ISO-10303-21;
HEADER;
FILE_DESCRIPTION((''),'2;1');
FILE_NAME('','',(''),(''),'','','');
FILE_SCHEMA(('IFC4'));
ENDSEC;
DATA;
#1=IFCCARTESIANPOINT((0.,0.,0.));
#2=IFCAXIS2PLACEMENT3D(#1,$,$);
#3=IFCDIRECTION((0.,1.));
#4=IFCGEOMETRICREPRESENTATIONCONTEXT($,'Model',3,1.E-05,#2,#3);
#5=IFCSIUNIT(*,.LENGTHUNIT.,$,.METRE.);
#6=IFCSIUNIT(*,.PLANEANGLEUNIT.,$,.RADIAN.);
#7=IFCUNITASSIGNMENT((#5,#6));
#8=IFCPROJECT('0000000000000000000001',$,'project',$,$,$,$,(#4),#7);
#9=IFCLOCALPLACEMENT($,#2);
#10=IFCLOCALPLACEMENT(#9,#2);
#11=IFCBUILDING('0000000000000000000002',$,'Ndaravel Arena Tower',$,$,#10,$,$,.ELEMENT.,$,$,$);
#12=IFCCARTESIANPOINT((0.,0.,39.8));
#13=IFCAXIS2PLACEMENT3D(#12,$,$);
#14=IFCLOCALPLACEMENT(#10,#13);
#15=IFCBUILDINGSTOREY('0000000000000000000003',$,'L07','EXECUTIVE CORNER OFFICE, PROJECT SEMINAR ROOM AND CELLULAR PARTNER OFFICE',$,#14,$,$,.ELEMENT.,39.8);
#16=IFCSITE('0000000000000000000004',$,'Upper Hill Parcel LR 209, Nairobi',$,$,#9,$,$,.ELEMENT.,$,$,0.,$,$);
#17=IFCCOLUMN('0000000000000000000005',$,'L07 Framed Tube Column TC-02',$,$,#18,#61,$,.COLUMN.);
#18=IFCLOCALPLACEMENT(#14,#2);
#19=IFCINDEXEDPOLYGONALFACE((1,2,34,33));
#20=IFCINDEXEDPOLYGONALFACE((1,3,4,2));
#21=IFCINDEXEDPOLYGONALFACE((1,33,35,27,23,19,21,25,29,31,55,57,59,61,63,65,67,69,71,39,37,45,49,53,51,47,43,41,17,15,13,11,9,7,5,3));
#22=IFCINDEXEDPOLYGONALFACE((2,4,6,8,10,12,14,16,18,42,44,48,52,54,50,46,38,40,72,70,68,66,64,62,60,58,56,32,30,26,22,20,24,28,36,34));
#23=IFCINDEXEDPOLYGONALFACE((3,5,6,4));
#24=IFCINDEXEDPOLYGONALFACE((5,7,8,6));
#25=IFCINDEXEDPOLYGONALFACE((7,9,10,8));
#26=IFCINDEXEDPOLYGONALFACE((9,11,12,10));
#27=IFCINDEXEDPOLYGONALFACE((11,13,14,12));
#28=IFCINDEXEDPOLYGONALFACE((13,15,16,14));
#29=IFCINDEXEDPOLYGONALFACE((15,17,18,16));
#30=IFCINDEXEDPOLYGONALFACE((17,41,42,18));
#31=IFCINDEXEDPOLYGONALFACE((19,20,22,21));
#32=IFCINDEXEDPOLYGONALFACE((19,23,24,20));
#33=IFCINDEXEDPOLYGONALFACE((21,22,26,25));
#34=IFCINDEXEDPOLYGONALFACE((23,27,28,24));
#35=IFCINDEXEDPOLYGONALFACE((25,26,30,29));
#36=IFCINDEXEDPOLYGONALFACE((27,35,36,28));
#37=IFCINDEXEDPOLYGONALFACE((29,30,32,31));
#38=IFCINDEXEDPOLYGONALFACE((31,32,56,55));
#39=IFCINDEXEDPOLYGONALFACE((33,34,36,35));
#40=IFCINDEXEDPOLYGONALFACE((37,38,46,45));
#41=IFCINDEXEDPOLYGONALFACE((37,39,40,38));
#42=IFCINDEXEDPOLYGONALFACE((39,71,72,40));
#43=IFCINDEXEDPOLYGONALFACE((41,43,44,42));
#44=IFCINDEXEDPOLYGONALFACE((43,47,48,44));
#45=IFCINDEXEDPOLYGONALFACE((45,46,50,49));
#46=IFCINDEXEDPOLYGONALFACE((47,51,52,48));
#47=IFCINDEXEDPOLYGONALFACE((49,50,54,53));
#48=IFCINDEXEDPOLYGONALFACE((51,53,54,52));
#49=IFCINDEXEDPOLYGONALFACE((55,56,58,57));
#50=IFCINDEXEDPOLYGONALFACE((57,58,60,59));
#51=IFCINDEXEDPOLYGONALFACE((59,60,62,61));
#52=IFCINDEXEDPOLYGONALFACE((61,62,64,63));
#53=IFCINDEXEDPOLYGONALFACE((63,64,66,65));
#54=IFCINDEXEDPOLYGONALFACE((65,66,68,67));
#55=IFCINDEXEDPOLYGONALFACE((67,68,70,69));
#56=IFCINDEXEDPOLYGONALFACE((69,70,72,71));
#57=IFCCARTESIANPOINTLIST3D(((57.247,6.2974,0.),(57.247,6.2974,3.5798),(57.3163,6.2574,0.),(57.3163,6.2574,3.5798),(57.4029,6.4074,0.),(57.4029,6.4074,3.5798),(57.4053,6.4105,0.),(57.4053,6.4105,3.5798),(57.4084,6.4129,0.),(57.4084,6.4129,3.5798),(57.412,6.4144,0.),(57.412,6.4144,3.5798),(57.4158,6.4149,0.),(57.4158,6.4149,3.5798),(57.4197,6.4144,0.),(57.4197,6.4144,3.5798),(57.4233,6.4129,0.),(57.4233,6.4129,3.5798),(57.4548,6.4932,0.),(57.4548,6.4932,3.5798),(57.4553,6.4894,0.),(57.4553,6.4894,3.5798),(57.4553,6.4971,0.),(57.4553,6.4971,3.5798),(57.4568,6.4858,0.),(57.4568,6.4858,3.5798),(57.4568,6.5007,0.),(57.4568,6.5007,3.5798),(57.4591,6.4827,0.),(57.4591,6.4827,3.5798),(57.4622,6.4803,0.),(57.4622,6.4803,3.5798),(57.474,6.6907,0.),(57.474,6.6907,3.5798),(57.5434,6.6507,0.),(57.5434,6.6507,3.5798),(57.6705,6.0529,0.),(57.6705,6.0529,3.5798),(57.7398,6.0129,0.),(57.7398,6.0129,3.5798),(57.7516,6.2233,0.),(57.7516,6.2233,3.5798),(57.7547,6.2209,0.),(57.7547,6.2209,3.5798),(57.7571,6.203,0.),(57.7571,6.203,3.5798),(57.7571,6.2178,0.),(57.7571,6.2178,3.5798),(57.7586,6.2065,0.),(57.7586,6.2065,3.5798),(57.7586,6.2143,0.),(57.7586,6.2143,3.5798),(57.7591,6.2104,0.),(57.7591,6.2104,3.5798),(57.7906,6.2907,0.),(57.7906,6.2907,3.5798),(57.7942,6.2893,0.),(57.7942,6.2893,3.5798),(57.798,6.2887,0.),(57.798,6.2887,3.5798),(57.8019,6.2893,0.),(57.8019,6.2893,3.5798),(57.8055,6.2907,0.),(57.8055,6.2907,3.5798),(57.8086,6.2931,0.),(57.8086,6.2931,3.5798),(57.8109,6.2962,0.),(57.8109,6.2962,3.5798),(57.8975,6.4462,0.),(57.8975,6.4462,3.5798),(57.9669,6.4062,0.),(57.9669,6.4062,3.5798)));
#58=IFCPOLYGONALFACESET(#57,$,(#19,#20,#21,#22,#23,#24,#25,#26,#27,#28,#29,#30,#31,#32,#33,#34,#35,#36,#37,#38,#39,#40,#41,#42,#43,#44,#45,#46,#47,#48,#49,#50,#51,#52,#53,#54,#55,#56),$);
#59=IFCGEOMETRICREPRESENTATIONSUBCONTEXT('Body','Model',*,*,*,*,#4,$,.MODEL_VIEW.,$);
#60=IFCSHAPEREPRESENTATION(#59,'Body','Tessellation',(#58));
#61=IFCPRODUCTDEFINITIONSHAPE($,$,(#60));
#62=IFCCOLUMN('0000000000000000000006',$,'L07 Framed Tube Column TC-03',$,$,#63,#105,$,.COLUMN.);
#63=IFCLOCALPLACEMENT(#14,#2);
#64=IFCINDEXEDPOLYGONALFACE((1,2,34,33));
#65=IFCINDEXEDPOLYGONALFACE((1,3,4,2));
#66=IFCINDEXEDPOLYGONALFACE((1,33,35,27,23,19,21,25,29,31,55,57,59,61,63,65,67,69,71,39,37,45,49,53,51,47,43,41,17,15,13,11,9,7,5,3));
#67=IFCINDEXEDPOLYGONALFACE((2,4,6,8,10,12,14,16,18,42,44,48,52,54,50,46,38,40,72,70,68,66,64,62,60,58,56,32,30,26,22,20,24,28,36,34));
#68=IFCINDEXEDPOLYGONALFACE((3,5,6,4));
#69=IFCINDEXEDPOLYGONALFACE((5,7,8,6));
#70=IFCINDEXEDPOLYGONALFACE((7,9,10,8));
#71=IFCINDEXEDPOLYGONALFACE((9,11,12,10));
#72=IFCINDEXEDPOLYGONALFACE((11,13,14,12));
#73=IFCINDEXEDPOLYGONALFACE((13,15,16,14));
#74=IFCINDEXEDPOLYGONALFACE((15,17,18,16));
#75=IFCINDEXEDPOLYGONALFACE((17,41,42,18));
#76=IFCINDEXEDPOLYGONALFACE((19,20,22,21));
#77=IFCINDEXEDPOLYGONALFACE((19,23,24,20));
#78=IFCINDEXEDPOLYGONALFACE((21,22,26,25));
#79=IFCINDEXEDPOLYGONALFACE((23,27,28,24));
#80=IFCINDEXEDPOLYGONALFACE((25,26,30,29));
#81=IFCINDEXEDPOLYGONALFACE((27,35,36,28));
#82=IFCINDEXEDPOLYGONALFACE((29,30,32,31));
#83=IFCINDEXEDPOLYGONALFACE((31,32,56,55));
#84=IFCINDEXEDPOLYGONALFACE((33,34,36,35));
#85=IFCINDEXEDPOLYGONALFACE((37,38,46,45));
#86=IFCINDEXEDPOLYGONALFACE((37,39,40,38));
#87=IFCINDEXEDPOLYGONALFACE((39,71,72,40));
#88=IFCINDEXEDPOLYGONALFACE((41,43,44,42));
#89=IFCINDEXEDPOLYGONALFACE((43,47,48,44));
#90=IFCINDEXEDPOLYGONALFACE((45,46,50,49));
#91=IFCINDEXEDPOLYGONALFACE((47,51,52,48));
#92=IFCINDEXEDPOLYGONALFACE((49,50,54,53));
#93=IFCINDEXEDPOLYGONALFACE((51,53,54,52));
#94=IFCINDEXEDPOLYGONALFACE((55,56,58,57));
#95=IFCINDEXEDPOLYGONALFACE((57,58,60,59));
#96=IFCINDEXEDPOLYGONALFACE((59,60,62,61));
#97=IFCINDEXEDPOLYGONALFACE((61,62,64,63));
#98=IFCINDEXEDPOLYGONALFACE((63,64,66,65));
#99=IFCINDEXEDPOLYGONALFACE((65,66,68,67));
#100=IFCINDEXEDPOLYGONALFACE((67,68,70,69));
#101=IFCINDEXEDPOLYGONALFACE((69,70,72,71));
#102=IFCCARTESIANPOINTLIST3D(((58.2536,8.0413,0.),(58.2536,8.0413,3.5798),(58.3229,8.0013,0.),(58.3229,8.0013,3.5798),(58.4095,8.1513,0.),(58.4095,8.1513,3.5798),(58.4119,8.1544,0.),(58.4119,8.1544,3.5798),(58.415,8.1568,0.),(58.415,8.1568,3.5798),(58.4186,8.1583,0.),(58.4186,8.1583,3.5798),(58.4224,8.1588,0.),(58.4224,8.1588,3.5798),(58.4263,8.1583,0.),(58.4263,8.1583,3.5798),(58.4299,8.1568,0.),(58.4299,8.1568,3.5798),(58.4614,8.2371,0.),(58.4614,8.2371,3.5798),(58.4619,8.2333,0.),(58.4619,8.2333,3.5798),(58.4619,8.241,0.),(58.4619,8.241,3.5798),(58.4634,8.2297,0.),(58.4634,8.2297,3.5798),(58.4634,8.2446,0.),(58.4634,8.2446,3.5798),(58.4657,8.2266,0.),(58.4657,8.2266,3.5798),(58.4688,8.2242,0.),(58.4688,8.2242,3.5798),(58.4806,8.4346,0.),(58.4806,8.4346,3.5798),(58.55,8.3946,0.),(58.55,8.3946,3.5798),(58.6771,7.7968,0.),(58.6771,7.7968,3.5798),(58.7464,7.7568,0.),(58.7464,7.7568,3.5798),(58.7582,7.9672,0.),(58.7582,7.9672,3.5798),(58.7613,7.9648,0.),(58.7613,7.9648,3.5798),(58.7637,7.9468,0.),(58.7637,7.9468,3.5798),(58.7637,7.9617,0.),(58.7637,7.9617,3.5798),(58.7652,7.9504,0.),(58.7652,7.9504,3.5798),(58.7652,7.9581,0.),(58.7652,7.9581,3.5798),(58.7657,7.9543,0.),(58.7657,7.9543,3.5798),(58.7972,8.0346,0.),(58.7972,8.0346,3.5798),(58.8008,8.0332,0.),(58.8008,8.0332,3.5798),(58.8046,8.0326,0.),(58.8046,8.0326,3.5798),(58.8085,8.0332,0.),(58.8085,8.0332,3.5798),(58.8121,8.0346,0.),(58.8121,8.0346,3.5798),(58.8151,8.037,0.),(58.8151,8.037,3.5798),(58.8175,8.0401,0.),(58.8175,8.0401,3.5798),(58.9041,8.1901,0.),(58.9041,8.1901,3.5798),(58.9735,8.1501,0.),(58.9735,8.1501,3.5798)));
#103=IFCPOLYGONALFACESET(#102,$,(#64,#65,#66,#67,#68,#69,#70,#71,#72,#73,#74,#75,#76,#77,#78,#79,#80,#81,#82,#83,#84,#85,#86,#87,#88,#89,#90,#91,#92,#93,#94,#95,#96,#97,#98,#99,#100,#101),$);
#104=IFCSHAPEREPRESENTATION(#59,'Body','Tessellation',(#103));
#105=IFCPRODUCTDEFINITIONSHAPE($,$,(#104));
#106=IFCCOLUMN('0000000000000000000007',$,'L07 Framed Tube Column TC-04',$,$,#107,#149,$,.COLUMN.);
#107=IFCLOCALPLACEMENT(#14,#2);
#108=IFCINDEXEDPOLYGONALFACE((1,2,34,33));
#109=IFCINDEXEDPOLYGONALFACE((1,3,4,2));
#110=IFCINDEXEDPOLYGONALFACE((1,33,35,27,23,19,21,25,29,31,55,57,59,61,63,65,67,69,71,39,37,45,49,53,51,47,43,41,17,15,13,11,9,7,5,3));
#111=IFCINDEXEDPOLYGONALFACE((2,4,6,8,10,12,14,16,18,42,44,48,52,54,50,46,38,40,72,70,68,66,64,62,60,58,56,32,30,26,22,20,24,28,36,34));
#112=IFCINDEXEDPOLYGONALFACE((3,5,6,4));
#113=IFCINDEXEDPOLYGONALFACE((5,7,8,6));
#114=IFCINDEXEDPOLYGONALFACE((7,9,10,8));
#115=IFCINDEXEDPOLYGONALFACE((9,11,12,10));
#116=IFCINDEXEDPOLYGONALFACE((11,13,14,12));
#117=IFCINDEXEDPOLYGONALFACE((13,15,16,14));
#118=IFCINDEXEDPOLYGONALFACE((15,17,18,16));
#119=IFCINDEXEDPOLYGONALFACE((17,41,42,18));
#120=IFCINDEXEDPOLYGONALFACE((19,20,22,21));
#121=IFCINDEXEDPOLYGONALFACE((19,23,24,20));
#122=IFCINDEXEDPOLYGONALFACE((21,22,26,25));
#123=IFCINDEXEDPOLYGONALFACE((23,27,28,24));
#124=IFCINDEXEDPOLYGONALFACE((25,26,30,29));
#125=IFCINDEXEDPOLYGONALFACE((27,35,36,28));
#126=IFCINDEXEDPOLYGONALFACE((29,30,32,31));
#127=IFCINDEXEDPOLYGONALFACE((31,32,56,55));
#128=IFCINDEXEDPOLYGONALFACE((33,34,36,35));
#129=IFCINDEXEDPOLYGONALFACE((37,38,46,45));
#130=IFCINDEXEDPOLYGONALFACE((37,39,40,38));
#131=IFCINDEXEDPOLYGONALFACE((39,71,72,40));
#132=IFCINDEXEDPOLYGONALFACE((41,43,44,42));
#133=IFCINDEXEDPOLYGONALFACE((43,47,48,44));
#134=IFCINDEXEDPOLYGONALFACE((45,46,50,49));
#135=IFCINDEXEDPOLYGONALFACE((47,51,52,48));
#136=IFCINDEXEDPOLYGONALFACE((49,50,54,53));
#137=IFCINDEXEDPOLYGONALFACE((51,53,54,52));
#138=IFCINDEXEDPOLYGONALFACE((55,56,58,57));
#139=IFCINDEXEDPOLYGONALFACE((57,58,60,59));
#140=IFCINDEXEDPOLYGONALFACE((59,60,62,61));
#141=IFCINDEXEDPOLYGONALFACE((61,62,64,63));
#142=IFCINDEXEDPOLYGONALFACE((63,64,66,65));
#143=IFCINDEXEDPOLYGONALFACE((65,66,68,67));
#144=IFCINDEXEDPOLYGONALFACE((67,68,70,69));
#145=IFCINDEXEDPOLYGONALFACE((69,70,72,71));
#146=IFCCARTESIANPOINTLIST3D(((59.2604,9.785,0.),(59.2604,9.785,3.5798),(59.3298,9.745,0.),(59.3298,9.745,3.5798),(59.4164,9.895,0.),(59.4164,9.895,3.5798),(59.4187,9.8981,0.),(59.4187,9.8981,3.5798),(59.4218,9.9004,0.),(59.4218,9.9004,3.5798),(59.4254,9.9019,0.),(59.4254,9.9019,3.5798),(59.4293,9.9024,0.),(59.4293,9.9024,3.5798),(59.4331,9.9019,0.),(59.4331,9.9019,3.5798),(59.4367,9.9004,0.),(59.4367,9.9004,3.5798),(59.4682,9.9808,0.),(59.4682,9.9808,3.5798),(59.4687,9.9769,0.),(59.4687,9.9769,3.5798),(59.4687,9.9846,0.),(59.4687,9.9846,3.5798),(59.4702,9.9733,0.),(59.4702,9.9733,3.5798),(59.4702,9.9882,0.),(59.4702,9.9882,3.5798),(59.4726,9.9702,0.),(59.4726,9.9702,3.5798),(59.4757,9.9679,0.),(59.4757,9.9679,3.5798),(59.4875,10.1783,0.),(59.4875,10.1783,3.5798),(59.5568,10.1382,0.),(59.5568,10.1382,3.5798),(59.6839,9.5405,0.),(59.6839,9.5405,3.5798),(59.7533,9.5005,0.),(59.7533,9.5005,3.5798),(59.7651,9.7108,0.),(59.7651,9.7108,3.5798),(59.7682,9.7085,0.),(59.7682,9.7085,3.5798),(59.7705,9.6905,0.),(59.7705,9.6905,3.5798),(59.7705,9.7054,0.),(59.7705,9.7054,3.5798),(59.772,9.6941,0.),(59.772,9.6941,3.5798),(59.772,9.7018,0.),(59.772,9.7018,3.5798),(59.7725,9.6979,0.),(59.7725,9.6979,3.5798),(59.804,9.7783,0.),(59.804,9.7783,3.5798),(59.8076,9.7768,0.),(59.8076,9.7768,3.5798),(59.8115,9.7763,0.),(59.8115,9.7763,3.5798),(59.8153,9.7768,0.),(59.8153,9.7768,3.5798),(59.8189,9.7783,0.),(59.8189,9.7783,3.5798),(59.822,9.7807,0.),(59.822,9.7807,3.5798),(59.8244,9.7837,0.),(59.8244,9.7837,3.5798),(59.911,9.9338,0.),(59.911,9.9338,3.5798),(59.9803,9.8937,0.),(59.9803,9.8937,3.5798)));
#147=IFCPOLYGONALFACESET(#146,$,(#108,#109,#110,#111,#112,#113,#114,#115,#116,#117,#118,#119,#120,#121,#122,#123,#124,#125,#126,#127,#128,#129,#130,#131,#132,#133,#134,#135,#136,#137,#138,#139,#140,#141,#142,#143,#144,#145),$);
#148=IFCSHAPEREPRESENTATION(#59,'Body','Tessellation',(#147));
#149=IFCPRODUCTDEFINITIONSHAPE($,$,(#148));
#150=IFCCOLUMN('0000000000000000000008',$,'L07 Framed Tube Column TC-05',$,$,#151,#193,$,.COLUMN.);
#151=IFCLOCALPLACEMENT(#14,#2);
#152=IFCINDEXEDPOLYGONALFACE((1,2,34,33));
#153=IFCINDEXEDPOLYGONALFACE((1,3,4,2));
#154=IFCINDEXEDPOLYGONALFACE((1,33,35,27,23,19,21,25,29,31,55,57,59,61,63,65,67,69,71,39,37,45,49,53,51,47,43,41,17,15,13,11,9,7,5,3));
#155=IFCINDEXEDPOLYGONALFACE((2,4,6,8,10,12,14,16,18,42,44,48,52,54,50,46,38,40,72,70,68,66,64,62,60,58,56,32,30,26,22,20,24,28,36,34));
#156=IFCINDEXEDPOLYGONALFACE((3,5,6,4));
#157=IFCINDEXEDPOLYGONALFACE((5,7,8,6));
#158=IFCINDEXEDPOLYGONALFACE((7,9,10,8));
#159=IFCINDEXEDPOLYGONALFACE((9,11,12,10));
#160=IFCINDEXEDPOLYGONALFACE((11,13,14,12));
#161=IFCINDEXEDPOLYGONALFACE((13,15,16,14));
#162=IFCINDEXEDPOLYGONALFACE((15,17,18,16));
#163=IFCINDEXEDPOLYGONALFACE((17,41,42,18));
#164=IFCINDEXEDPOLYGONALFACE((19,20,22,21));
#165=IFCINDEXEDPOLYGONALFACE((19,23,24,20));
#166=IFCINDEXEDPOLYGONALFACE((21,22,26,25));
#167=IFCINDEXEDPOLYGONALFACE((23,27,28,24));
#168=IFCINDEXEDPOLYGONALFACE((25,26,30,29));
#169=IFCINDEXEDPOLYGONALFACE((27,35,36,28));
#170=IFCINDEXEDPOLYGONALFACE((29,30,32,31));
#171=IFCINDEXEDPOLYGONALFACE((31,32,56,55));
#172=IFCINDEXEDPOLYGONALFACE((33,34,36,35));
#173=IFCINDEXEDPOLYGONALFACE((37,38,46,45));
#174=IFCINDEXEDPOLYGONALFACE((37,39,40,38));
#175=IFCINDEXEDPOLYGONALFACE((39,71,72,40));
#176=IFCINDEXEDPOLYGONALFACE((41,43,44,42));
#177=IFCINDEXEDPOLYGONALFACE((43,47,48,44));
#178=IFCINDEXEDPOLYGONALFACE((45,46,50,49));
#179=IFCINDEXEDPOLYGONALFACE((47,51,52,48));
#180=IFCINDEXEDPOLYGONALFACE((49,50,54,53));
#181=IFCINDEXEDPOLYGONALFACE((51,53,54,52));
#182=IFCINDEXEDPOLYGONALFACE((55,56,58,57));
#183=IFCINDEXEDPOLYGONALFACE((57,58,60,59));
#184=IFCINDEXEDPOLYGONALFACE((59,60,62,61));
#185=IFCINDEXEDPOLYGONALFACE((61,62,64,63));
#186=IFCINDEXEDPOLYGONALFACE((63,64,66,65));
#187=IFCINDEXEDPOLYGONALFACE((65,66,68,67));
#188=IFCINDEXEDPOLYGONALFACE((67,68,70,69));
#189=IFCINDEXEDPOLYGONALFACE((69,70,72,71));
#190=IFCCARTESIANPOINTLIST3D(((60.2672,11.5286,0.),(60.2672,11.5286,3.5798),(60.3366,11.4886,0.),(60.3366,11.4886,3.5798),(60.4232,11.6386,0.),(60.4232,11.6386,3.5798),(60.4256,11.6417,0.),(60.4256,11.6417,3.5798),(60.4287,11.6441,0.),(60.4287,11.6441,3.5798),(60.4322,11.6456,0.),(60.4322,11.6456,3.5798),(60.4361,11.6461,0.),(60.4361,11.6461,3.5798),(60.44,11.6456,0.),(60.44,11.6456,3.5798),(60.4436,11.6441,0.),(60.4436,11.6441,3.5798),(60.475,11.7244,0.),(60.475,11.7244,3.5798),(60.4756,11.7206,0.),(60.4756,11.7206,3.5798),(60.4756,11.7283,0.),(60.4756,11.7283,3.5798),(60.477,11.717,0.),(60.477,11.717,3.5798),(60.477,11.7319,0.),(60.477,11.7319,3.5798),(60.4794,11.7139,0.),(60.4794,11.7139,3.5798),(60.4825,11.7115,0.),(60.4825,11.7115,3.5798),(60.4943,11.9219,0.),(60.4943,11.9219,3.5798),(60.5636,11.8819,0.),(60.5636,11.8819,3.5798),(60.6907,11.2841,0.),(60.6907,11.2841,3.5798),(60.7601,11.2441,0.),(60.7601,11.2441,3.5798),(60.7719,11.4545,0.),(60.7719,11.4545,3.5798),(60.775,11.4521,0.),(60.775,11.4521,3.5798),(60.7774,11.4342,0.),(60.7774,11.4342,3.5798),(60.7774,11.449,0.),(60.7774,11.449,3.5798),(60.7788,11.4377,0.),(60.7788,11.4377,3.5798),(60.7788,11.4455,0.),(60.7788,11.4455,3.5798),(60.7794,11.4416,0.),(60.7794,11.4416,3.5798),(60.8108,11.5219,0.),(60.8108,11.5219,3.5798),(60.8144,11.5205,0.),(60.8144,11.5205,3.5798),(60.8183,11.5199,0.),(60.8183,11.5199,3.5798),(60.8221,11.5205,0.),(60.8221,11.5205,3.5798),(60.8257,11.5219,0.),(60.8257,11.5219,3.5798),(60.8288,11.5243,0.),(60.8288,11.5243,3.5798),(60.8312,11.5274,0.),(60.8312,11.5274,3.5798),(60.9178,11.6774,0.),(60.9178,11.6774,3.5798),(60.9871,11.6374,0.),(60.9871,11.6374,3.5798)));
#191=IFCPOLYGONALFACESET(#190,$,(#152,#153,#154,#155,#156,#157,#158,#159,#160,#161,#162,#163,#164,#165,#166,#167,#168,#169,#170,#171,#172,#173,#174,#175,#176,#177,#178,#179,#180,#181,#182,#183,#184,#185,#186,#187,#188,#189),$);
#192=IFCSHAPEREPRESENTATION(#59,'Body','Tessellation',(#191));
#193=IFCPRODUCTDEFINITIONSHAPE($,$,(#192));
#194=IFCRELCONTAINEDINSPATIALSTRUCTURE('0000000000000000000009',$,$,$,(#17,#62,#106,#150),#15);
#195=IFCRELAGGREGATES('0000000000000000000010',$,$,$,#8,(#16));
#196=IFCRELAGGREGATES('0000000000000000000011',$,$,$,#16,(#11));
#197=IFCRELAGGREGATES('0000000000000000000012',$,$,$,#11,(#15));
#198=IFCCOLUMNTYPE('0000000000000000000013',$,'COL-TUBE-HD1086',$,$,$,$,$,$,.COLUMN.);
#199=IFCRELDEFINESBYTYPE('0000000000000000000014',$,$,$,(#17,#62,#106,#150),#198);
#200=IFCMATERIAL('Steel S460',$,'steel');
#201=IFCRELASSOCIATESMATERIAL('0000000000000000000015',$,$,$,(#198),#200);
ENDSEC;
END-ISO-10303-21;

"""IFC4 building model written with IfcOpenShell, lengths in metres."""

from ifc_helpers import new_model, si_unit, direction, frame, origin, origin_2d, place, context, subcontext, project, spatial, i_section, extrude, material, material_profile, profile_set, type_object, element, save


model = new_model("IFC4")

# Units and contexts
model_context = context("Model", 3, precision=1e-05, world=origin(), true_north=direction((0.0, 1.0)))
body_context = subcontext(model_context, "Body", "Model", "MODEL_VIEW")
ifc_project = project(units=[si_unit("LENGTHUNIT", "METRE"), si_unit("PLANEANGLEUNIT", "RADIAN")], contexts=[model_context])

# Site, building, storey
site_placement = place(None, origin())
site = spatial("IfcSite", under=ifc_project, at=site_placement, Name="Upper Hill Parcel LR 209, Nairobi", CompositionType="ELEMENT", RefElevation=0.0)
building_placement = place(site_placement, origin())
building = spatial("IfcBuilding", under=site, at=building_placement, Name="Ndaravel Arena Tower", CompositionType="ELEMENT")
storey_placement = place(building_placement, frame((0.0, 0.0, 39.8)))
storey = spatial("IfcBuildingStorey", under=building, at=storey_placement, Name="L07", Description="EXECUTIVE CORNER OFFICE, PROJECT SEMINAR ROOM AND CELLULAR PARTNER OFFICE", CompositionType="ELEMENT", Elevation=39.8)

# Columns
ifc_material_1 = material(Name="Steel S460", Category="steel")
ifc_material_profile_1 = material_profile(ifc_material_1, i_section(OverallWidth=0.4541, OverallDepth=0.5691, WebThickness=0.0779, FlangeThickness=0.0801, FilletRadius=0.0149, at=origin_2d()), Name="HD 400x1086")
ifc_profile_set_1 = profile_set([ifc_material_profile_1], Name="Steel S460")
column_type = type_object("IfcColumnType", Name="COL-TUBE-HD1086", PredefinedType="COLUMN", material=ifc_profile_set_1)
for number, where, z_axis, x_axis, name in (
    (1, (57.6069, 6.3518, 0.0), (0.0, 0.0, 1.0), (0.5, 0.866025, 0.0), "L07 Framed Tube Column TC-02"),
    (2, (58.6135, 8.0957, 0.0), (0.0, 0.0, 1.0), (0.5, 0.866025, 0.0), "L07 Framed Tube Column TC-03"),
    (3, (59.6204, 9.8394, 0.0), (0.0, 0.0, 1.0), (0.5, 0.866025, 0.0), "L07 Framed Tube Column TC-04"),
    (4, (60.6272, 11.583, 0.0), (0.0, 0.0, 1.0), (0.5, 0.866025, 0.0), "L07 Framed Tube Column TC-05"),
):
    element("IfcColumn", number, at=place(storey_placement, frame(where, z_axis=z_axis, x_axis=x_axis)), inside=storey, type_object=column_type, Name=name, PredefinedType="COLUMN", context=body_context, shape_type="SweptSolid", body=[
        extrude(i_section(OverallWidth=0.4541, OverallDepth=0.5691, WebThickness=0.0779, FlangeThickness=0.0801, FilletRadius=0.0149, at=origin_2d()), origin(), (0.0, 0.0, 1.0), 3.5798),
    ])

save(model, "model.ifc")
